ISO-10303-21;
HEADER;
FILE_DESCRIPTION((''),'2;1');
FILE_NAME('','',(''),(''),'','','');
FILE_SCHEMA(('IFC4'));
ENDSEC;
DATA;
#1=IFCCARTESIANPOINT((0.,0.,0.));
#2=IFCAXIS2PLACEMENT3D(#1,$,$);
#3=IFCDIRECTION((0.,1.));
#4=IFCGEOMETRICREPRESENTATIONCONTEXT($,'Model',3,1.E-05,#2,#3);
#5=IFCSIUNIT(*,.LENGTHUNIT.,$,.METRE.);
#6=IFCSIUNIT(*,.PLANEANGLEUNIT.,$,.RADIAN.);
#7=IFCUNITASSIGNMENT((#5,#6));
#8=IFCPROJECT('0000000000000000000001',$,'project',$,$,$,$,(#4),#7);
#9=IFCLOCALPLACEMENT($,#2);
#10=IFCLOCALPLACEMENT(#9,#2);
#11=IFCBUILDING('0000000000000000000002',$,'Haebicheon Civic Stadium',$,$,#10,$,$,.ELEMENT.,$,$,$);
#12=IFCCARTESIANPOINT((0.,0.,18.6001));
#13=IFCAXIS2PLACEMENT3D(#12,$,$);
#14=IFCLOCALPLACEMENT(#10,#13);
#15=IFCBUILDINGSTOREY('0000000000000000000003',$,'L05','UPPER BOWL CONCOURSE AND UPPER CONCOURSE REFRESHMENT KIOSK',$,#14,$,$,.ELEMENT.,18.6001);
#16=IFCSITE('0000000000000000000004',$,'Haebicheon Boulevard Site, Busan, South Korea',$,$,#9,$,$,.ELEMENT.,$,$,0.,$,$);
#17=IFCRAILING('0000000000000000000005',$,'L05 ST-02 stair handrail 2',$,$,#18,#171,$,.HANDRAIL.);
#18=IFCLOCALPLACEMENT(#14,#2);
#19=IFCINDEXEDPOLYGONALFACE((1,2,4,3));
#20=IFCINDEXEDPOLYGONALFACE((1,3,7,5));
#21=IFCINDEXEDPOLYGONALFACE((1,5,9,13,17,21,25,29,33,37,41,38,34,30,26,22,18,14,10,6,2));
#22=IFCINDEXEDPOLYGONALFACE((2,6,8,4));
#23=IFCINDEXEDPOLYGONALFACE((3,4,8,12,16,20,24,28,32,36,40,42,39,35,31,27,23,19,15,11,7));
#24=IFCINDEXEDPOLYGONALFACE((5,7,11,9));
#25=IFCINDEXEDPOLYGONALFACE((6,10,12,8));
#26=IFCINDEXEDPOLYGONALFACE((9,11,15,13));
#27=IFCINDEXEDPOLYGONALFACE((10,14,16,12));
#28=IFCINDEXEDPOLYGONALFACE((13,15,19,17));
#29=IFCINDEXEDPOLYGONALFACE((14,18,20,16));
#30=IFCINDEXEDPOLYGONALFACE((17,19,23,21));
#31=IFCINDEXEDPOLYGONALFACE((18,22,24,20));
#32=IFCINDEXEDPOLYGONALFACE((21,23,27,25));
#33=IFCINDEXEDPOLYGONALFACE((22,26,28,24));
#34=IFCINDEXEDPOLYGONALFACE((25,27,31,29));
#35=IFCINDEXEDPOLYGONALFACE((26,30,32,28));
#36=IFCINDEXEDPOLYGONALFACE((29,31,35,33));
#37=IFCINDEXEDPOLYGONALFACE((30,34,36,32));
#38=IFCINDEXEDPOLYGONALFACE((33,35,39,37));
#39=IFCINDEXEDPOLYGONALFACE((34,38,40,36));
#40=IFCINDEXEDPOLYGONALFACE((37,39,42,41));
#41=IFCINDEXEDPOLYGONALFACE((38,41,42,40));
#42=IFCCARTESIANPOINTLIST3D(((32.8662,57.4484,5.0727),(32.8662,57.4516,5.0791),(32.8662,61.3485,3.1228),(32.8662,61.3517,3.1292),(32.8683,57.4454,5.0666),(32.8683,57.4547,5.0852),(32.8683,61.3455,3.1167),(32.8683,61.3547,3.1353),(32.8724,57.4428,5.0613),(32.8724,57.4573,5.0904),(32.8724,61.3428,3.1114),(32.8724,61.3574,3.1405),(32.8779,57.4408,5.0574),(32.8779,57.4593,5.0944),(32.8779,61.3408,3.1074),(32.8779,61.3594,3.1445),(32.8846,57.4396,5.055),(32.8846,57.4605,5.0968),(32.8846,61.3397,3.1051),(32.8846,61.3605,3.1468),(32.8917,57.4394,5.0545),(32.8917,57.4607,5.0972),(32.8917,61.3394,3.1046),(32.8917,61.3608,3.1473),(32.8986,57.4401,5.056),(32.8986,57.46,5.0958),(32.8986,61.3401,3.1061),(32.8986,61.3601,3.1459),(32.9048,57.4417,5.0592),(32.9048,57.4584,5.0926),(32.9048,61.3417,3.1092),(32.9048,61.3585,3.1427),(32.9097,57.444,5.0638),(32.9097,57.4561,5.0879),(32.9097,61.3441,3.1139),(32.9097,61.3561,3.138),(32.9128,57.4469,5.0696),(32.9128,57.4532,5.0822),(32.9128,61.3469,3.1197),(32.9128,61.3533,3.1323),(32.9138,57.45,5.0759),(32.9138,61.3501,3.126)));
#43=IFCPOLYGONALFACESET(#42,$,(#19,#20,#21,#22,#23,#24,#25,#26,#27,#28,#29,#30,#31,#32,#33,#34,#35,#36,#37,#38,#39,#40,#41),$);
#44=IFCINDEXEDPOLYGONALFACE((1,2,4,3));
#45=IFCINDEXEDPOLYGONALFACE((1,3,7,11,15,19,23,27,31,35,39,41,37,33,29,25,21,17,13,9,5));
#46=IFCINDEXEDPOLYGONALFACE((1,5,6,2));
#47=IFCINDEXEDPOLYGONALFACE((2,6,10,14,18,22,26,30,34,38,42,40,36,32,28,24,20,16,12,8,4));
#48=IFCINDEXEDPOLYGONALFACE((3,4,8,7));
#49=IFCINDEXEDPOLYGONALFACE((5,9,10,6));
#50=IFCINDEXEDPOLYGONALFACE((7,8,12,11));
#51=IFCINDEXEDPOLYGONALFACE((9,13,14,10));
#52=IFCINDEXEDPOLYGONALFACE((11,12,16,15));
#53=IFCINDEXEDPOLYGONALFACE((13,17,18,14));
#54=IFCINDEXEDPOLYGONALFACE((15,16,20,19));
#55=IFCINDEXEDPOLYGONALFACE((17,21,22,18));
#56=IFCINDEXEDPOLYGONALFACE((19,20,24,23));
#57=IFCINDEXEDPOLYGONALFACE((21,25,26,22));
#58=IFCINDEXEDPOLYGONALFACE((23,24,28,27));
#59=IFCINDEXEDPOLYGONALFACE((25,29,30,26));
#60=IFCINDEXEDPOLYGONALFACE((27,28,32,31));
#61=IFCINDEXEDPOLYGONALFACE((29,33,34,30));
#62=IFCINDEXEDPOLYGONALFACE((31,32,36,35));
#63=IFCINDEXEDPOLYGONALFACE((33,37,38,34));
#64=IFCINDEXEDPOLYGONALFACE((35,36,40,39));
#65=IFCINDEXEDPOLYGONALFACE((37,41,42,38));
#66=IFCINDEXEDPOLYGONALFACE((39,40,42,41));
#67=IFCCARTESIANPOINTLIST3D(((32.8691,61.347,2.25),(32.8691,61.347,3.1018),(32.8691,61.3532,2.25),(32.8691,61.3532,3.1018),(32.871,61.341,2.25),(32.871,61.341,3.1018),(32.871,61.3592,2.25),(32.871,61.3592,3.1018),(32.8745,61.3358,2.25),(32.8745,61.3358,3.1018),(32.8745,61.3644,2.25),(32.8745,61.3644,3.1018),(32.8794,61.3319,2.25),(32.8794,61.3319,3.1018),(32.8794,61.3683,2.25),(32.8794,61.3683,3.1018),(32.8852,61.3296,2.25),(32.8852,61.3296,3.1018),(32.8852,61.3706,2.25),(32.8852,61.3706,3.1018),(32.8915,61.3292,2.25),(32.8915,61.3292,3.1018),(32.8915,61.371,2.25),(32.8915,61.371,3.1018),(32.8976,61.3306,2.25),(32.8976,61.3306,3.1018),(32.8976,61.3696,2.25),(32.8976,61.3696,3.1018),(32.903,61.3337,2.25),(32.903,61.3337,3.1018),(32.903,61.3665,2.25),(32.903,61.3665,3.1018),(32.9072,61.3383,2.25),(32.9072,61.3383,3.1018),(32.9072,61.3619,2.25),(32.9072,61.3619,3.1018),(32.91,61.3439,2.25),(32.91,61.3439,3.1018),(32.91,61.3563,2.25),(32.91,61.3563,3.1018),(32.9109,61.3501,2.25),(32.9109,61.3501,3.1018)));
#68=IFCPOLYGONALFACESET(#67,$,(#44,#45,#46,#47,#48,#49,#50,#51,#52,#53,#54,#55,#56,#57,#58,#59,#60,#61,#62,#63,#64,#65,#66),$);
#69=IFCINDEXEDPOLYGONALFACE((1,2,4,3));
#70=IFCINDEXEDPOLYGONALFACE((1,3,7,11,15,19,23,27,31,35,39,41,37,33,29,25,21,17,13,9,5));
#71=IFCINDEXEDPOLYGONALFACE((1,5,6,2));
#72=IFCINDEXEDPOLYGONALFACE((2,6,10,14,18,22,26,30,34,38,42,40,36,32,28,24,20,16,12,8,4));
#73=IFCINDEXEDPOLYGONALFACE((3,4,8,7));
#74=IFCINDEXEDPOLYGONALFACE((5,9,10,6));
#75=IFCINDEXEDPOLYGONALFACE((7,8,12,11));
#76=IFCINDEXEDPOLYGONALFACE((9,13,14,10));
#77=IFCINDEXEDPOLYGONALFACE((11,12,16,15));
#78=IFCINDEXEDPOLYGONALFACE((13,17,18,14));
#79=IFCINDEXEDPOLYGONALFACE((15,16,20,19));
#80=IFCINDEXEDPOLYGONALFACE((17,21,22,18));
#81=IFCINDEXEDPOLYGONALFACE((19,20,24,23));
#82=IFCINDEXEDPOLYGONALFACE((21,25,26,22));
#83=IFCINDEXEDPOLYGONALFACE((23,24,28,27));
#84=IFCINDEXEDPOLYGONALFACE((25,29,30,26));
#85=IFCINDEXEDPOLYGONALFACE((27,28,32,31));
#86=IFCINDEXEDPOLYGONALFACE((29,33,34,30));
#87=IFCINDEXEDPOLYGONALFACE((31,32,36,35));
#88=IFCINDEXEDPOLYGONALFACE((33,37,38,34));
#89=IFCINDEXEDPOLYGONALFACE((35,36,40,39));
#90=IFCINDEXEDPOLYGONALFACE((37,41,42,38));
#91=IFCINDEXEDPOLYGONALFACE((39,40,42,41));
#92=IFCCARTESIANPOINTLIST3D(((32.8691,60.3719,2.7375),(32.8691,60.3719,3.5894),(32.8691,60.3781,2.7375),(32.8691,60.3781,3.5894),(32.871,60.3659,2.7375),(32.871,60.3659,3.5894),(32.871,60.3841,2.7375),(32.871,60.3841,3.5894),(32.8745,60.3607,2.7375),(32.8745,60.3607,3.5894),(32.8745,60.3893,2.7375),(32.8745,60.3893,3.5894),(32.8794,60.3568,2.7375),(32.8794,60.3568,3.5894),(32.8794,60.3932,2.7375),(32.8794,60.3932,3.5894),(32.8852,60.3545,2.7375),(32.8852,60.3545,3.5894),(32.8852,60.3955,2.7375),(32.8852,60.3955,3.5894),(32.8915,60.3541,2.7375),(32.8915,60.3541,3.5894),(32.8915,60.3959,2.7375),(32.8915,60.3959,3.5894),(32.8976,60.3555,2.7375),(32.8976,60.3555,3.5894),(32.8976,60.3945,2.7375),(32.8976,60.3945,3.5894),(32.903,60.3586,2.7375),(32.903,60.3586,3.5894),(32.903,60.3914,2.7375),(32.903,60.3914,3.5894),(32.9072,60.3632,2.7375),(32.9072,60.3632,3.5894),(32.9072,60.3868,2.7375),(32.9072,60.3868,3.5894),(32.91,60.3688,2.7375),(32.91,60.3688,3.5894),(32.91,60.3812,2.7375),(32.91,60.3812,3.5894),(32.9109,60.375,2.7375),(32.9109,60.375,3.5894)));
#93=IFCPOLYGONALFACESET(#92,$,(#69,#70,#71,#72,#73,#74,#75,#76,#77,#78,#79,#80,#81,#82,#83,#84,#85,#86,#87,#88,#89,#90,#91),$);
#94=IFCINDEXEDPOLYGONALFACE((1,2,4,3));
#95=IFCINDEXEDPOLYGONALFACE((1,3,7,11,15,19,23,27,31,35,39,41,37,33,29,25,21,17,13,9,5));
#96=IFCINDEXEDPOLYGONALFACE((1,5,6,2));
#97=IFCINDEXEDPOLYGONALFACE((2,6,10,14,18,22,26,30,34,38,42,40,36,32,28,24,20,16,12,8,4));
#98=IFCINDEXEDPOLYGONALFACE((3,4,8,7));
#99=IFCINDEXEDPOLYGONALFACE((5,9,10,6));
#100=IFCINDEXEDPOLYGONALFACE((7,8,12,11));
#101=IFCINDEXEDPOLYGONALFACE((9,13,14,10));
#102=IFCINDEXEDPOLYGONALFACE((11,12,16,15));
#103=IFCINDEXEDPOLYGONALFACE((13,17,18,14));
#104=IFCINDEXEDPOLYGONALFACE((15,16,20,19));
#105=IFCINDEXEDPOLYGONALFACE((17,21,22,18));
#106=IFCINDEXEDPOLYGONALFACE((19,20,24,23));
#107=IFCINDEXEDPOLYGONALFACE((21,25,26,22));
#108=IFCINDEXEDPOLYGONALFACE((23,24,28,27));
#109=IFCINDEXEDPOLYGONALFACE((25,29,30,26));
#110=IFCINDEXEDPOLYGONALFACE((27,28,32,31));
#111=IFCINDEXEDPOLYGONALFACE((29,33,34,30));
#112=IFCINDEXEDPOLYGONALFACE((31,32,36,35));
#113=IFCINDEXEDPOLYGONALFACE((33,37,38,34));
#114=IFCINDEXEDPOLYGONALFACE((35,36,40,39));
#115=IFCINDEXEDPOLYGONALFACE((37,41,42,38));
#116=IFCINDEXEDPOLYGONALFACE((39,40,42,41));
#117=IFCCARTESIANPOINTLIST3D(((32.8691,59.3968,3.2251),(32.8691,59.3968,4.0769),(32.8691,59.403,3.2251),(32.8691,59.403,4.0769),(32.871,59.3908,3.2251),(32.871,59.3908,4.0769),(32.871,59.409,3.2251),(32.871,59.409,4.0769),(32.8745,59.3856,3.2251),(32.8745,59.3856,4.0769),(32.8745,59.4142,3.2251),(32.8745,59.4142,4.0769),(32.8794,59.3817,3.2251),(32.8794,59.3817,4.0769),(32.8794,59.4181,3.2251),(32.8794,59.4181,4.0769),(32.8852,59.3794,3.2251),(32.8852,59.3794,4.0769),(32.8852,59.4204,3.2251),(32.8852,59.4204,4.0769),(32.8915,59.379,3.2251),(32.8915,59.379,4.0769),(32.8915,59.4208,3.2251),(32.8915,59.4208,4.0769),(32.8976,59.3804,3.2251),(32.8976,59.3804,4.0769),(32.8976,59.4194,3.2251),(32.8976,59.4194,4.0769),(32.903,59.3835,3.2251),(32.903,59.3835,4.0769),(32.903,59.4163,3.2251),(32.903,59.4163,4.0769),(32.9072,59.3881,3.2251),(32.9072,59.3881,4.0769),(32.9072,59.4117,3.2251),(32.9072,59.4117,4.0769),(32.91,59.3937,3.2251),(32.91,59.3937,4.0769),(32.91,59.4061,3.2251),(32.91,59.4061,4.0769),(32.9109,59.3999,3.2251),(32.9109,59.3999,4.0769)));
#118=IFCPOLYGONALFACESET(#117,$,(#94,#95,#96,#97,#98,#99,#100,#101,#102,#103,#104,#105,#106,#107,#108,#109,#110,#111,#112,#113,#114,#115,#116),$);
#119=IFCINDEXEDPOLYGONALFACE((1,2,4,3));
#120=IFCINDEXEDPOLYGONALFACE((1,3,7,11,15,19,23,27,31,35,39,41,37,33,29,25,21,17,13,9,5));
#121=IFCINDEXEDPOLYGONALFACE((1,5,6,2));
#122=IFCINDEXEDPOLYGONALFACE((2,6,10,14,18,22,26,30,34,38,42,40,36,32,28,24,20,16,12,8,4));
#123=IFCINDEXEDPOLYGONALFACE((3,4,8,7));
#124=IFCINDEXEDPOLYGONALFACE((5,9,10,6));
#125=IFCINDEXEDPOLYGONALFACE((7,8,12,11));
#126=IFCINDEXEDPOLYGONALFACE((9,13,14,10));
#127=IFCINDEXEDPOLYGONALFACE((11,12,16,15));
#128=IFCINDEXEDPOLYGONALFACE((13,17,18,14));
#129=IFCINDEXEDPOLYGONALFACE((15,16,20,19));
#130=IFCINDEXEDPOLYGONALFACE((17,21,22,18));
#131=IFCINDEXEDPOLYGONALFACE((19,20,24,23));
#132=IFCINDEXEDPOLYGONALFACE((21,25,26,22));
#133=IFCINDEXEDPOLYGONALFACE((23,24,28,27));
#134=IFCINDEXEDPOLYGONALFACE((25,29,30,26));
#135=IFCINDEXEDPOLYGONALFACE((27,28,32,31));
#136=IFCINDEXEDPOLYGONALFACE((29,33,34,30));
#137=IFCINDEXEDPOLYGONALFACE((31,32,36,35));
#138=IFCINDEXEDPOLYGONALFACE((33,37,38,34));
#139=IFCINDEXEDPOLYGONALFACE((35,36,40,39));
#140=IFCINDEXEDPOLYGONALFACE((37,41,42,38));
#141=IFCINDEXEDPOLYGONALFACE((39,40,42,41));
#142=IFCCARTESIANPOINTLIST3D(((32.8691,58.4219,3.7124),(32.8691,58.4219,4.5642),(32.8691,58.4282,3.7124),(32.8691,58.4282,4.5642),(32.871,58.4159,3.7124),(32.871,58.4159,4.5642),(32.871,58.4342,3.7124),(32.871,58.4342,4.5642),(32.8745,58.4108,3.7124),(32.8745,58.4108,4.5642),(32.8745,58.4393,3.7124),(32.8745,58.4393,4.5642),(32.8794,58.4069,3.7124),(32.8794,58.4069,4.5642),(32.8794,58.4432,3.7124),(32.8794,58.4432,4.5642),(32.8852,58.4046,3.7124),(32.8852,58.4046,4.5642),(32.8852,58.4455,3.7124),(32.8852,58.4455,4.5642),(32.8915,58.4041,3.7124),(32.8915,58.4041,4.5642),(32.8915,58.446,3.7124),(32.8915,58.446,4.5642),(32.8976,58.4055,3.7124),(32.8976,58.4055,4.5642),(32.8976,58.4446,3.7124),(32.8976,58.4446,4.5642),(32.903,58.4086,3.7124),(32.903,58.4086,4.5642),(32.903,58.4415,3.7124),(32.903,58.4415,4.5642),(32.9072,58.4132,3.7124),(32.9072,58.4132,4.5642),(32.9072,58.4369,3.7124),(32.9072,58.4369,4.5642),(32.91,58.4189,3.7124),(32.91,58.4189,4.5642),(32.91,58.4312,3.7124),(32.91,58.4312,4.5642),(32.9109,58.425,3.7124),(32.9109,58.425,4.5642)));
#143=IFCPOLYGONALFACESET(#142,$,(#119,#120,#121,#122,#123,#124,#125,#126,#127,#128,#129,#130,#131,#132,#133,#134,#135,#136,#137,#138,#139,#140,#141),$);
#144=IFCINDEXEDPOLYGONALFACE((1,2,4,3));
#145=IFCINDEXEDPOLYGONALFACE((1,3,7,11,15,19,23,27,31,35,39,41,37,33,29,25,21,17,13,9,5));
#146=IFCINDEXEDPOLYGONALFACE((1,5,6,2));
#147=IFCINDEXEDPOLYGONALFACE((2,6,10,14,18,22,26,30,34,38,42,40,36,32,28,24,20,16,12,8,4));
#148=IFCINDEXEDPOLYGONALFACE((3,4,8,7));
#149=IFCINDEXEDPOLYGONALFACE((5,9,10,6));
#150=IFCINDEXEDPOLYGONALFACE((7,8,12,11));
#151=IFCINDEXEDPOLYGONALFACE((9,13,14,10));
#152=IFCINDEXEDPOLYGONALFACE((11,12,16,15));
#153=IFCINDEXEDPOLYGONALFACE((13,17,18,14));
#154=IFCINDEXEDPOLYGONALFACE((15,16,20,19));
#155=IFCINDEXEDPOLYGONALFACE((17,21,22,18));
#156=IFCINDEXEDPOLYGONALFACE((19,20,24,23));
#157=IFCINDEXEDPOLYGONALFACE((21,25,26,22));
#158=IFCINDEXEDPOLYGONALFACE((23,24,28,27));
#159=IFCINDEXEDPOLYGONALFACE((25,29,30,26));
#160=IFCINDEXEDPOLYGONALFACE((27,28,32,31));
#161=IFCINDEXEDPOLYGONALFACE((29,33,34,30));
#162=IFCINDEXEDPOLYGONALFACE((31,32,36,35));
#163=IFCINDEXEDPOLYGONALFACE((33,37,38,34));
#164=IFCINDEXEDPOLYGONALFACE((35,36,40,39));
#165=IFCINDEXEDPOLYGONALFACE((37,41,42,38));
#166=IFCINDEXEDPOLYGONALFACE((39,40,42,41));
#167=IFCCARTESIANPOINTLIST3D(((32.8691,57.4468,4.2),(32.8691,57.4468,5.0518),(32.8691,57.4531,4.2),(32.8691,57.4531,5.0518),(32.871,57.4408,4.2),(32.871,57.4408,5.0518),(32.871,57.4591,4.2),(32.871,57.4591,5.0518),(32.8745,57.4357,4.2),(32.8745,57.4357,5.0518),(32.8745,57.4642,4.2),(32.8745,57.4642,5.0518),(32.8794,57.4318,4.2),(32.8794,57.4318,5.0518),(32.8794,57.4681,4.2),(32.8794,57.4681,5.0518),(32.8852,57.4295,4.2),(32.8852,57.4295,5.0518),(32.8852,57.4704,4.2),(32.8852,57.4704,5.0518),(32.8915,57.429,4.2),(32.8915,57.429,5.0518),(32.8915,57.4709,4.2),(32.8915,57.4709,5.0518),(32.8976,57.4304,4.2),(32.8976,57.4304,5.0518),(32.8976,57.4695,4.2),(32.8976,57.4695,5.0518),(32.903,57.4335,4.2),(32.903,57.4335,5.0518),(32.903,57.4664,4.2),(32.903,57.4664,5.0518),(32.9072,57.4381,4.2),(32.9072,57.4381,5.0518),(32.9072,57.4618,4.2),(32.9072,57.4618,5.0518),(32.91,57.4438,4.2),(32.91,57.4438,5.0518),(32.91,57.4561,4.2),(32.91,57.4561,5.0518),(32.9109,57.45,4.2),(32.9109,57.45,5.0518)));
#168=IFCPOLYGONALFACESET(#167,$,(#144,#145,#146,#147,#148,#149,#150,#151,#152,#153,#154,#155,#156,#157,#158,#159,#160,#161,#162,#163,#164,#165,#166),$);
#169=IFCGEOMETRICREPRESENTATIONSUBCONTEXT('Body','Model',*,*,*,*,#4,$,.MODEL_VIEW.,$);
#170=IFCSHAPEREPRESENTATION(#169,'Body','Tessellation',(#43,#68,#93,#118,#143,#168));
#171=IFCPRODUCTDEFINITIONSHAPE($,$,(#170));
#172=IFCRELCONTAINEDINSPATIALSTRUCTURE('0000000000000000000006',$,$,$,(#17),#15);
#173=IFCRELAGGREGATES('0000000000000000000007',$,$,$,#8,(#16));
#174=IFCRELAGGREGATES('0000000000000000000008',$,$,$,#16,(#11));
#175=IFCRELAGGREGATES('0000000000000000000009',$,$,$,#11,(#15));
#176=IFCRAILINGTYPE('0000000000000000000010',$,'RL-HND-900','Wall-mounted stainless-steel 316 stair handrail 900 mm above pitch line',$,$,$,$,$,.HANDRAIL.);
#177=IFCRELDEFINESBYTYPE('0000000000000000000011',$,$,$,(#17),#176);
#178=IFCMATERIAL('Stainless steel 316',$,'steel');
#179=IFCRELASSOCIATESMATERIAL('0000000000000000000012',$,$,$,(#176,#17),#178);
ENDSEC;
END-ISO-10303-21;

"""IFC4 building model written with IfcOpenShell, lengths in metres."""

from ifc_helpers import new_model, si_unit, direction, frame, origin, origin_2d, place, context, subcontext, project, spatial, circle, extrude, material, type_object, element, save


model = new_model("IFC4")

# Units and contexts
model_context = context("Model", 3, precision=1e-05, world=origin(), true_north=direction((0.0, 1.0)))
body_context = subcontext(model_context, "Body", "Model", "MODEL_VIEW")
ifc_project = project(units=[si_unit("LENGTHUNIT", "METRE"), si_unit("PLANEANGLEUNIT", "RADIAN")], contexts=[model_context])

# Site, building, storey
site_placement = place(None, origin())
site = spatial("IfcSite", under=ifc_project, at=site_placement, Name="Haebicheon Boulevard Site, Busan, South Korea", CompositionType="ELEMENT", RefElevation=0.0)
building_placement = place(site_placement, origin())
building = spatial("IfcBuilding", under=site, at=building_placement, Name="Haebicheon Civic Stadium", CompositionType="ELEMENT")
storey_placement = place(building_placement, frame((0.0, 0.0, 18.6001)))
storey = spatial("IfcBuildingStorey", under=building, at=storey_placement, Name="L05", Description="UPPER BOWL CONCOURSE AND UPPER CONCOURSE REFRESHMENT KIOSK", CompositionType="ELEMENT", Elevation=18.6001)

# Railing
ifc_material_1 = material(Name="Stainless steel 316", Category="steel")
railing_type_1 = type_object("IfcRailingType", Name="RL-HND-900", Description="Wall-mounted stainless-steel 316 stair handrail 900 mm above pitch line", PredefinedType="HANDRAIL", material=ifc_material_1)
railing_1_placement = place(storey_placement, frame((32.8899, 61.3501, 2.25)))
element("IfcRailing", 1, at=railing_1_placement, inside=storey, type_object=railing_type_1, material=ifc_material_1, Name="L05 ST-02 stair handrail 2", PredefinedType="HANDRAIL", context=body_context, shape_type="SweptSolid", body=[
    extrude(circle(Radius=0.0239, at=origin_2d()), frame((0.0, 0.0, 0.876), z_axis=(0.0, -0.894438, 0.447191), x_axis=(1.0, 0.0, 0.0)), (0.0, 0.0, 1.0), 4.3604),
    extrude(circle(Radius=0.021, at=origin_2d()), origin(), (0.0, 0.0, 1.0), 0.8518),
    extrude(circle(Radius=0.021, at=origin_2d()), frame((0.0, -0.9751, 0.4875)), (0.0, 0.0, 1.0), 0.8518),
    extrude(circle(Radius=0.021, at=origin_2d()), frame((0.0, -1.9502, 0.9751)), (0.0, 0.0, 1.0), 0.8518),
    extrude(circle(Radius=0.021, at=origin_2d()), frame((0.0, -2.925, 1.4624)), (0.0, 0.0, 1.0), 0.8518),
    extrude(circle(Radius=0.021, at=origin_2d()), frame((0.0, -3.9001, 1.95)), (0.0, 0.0, 1.0), 0.8518),
])

save(model, "model.ifc")
